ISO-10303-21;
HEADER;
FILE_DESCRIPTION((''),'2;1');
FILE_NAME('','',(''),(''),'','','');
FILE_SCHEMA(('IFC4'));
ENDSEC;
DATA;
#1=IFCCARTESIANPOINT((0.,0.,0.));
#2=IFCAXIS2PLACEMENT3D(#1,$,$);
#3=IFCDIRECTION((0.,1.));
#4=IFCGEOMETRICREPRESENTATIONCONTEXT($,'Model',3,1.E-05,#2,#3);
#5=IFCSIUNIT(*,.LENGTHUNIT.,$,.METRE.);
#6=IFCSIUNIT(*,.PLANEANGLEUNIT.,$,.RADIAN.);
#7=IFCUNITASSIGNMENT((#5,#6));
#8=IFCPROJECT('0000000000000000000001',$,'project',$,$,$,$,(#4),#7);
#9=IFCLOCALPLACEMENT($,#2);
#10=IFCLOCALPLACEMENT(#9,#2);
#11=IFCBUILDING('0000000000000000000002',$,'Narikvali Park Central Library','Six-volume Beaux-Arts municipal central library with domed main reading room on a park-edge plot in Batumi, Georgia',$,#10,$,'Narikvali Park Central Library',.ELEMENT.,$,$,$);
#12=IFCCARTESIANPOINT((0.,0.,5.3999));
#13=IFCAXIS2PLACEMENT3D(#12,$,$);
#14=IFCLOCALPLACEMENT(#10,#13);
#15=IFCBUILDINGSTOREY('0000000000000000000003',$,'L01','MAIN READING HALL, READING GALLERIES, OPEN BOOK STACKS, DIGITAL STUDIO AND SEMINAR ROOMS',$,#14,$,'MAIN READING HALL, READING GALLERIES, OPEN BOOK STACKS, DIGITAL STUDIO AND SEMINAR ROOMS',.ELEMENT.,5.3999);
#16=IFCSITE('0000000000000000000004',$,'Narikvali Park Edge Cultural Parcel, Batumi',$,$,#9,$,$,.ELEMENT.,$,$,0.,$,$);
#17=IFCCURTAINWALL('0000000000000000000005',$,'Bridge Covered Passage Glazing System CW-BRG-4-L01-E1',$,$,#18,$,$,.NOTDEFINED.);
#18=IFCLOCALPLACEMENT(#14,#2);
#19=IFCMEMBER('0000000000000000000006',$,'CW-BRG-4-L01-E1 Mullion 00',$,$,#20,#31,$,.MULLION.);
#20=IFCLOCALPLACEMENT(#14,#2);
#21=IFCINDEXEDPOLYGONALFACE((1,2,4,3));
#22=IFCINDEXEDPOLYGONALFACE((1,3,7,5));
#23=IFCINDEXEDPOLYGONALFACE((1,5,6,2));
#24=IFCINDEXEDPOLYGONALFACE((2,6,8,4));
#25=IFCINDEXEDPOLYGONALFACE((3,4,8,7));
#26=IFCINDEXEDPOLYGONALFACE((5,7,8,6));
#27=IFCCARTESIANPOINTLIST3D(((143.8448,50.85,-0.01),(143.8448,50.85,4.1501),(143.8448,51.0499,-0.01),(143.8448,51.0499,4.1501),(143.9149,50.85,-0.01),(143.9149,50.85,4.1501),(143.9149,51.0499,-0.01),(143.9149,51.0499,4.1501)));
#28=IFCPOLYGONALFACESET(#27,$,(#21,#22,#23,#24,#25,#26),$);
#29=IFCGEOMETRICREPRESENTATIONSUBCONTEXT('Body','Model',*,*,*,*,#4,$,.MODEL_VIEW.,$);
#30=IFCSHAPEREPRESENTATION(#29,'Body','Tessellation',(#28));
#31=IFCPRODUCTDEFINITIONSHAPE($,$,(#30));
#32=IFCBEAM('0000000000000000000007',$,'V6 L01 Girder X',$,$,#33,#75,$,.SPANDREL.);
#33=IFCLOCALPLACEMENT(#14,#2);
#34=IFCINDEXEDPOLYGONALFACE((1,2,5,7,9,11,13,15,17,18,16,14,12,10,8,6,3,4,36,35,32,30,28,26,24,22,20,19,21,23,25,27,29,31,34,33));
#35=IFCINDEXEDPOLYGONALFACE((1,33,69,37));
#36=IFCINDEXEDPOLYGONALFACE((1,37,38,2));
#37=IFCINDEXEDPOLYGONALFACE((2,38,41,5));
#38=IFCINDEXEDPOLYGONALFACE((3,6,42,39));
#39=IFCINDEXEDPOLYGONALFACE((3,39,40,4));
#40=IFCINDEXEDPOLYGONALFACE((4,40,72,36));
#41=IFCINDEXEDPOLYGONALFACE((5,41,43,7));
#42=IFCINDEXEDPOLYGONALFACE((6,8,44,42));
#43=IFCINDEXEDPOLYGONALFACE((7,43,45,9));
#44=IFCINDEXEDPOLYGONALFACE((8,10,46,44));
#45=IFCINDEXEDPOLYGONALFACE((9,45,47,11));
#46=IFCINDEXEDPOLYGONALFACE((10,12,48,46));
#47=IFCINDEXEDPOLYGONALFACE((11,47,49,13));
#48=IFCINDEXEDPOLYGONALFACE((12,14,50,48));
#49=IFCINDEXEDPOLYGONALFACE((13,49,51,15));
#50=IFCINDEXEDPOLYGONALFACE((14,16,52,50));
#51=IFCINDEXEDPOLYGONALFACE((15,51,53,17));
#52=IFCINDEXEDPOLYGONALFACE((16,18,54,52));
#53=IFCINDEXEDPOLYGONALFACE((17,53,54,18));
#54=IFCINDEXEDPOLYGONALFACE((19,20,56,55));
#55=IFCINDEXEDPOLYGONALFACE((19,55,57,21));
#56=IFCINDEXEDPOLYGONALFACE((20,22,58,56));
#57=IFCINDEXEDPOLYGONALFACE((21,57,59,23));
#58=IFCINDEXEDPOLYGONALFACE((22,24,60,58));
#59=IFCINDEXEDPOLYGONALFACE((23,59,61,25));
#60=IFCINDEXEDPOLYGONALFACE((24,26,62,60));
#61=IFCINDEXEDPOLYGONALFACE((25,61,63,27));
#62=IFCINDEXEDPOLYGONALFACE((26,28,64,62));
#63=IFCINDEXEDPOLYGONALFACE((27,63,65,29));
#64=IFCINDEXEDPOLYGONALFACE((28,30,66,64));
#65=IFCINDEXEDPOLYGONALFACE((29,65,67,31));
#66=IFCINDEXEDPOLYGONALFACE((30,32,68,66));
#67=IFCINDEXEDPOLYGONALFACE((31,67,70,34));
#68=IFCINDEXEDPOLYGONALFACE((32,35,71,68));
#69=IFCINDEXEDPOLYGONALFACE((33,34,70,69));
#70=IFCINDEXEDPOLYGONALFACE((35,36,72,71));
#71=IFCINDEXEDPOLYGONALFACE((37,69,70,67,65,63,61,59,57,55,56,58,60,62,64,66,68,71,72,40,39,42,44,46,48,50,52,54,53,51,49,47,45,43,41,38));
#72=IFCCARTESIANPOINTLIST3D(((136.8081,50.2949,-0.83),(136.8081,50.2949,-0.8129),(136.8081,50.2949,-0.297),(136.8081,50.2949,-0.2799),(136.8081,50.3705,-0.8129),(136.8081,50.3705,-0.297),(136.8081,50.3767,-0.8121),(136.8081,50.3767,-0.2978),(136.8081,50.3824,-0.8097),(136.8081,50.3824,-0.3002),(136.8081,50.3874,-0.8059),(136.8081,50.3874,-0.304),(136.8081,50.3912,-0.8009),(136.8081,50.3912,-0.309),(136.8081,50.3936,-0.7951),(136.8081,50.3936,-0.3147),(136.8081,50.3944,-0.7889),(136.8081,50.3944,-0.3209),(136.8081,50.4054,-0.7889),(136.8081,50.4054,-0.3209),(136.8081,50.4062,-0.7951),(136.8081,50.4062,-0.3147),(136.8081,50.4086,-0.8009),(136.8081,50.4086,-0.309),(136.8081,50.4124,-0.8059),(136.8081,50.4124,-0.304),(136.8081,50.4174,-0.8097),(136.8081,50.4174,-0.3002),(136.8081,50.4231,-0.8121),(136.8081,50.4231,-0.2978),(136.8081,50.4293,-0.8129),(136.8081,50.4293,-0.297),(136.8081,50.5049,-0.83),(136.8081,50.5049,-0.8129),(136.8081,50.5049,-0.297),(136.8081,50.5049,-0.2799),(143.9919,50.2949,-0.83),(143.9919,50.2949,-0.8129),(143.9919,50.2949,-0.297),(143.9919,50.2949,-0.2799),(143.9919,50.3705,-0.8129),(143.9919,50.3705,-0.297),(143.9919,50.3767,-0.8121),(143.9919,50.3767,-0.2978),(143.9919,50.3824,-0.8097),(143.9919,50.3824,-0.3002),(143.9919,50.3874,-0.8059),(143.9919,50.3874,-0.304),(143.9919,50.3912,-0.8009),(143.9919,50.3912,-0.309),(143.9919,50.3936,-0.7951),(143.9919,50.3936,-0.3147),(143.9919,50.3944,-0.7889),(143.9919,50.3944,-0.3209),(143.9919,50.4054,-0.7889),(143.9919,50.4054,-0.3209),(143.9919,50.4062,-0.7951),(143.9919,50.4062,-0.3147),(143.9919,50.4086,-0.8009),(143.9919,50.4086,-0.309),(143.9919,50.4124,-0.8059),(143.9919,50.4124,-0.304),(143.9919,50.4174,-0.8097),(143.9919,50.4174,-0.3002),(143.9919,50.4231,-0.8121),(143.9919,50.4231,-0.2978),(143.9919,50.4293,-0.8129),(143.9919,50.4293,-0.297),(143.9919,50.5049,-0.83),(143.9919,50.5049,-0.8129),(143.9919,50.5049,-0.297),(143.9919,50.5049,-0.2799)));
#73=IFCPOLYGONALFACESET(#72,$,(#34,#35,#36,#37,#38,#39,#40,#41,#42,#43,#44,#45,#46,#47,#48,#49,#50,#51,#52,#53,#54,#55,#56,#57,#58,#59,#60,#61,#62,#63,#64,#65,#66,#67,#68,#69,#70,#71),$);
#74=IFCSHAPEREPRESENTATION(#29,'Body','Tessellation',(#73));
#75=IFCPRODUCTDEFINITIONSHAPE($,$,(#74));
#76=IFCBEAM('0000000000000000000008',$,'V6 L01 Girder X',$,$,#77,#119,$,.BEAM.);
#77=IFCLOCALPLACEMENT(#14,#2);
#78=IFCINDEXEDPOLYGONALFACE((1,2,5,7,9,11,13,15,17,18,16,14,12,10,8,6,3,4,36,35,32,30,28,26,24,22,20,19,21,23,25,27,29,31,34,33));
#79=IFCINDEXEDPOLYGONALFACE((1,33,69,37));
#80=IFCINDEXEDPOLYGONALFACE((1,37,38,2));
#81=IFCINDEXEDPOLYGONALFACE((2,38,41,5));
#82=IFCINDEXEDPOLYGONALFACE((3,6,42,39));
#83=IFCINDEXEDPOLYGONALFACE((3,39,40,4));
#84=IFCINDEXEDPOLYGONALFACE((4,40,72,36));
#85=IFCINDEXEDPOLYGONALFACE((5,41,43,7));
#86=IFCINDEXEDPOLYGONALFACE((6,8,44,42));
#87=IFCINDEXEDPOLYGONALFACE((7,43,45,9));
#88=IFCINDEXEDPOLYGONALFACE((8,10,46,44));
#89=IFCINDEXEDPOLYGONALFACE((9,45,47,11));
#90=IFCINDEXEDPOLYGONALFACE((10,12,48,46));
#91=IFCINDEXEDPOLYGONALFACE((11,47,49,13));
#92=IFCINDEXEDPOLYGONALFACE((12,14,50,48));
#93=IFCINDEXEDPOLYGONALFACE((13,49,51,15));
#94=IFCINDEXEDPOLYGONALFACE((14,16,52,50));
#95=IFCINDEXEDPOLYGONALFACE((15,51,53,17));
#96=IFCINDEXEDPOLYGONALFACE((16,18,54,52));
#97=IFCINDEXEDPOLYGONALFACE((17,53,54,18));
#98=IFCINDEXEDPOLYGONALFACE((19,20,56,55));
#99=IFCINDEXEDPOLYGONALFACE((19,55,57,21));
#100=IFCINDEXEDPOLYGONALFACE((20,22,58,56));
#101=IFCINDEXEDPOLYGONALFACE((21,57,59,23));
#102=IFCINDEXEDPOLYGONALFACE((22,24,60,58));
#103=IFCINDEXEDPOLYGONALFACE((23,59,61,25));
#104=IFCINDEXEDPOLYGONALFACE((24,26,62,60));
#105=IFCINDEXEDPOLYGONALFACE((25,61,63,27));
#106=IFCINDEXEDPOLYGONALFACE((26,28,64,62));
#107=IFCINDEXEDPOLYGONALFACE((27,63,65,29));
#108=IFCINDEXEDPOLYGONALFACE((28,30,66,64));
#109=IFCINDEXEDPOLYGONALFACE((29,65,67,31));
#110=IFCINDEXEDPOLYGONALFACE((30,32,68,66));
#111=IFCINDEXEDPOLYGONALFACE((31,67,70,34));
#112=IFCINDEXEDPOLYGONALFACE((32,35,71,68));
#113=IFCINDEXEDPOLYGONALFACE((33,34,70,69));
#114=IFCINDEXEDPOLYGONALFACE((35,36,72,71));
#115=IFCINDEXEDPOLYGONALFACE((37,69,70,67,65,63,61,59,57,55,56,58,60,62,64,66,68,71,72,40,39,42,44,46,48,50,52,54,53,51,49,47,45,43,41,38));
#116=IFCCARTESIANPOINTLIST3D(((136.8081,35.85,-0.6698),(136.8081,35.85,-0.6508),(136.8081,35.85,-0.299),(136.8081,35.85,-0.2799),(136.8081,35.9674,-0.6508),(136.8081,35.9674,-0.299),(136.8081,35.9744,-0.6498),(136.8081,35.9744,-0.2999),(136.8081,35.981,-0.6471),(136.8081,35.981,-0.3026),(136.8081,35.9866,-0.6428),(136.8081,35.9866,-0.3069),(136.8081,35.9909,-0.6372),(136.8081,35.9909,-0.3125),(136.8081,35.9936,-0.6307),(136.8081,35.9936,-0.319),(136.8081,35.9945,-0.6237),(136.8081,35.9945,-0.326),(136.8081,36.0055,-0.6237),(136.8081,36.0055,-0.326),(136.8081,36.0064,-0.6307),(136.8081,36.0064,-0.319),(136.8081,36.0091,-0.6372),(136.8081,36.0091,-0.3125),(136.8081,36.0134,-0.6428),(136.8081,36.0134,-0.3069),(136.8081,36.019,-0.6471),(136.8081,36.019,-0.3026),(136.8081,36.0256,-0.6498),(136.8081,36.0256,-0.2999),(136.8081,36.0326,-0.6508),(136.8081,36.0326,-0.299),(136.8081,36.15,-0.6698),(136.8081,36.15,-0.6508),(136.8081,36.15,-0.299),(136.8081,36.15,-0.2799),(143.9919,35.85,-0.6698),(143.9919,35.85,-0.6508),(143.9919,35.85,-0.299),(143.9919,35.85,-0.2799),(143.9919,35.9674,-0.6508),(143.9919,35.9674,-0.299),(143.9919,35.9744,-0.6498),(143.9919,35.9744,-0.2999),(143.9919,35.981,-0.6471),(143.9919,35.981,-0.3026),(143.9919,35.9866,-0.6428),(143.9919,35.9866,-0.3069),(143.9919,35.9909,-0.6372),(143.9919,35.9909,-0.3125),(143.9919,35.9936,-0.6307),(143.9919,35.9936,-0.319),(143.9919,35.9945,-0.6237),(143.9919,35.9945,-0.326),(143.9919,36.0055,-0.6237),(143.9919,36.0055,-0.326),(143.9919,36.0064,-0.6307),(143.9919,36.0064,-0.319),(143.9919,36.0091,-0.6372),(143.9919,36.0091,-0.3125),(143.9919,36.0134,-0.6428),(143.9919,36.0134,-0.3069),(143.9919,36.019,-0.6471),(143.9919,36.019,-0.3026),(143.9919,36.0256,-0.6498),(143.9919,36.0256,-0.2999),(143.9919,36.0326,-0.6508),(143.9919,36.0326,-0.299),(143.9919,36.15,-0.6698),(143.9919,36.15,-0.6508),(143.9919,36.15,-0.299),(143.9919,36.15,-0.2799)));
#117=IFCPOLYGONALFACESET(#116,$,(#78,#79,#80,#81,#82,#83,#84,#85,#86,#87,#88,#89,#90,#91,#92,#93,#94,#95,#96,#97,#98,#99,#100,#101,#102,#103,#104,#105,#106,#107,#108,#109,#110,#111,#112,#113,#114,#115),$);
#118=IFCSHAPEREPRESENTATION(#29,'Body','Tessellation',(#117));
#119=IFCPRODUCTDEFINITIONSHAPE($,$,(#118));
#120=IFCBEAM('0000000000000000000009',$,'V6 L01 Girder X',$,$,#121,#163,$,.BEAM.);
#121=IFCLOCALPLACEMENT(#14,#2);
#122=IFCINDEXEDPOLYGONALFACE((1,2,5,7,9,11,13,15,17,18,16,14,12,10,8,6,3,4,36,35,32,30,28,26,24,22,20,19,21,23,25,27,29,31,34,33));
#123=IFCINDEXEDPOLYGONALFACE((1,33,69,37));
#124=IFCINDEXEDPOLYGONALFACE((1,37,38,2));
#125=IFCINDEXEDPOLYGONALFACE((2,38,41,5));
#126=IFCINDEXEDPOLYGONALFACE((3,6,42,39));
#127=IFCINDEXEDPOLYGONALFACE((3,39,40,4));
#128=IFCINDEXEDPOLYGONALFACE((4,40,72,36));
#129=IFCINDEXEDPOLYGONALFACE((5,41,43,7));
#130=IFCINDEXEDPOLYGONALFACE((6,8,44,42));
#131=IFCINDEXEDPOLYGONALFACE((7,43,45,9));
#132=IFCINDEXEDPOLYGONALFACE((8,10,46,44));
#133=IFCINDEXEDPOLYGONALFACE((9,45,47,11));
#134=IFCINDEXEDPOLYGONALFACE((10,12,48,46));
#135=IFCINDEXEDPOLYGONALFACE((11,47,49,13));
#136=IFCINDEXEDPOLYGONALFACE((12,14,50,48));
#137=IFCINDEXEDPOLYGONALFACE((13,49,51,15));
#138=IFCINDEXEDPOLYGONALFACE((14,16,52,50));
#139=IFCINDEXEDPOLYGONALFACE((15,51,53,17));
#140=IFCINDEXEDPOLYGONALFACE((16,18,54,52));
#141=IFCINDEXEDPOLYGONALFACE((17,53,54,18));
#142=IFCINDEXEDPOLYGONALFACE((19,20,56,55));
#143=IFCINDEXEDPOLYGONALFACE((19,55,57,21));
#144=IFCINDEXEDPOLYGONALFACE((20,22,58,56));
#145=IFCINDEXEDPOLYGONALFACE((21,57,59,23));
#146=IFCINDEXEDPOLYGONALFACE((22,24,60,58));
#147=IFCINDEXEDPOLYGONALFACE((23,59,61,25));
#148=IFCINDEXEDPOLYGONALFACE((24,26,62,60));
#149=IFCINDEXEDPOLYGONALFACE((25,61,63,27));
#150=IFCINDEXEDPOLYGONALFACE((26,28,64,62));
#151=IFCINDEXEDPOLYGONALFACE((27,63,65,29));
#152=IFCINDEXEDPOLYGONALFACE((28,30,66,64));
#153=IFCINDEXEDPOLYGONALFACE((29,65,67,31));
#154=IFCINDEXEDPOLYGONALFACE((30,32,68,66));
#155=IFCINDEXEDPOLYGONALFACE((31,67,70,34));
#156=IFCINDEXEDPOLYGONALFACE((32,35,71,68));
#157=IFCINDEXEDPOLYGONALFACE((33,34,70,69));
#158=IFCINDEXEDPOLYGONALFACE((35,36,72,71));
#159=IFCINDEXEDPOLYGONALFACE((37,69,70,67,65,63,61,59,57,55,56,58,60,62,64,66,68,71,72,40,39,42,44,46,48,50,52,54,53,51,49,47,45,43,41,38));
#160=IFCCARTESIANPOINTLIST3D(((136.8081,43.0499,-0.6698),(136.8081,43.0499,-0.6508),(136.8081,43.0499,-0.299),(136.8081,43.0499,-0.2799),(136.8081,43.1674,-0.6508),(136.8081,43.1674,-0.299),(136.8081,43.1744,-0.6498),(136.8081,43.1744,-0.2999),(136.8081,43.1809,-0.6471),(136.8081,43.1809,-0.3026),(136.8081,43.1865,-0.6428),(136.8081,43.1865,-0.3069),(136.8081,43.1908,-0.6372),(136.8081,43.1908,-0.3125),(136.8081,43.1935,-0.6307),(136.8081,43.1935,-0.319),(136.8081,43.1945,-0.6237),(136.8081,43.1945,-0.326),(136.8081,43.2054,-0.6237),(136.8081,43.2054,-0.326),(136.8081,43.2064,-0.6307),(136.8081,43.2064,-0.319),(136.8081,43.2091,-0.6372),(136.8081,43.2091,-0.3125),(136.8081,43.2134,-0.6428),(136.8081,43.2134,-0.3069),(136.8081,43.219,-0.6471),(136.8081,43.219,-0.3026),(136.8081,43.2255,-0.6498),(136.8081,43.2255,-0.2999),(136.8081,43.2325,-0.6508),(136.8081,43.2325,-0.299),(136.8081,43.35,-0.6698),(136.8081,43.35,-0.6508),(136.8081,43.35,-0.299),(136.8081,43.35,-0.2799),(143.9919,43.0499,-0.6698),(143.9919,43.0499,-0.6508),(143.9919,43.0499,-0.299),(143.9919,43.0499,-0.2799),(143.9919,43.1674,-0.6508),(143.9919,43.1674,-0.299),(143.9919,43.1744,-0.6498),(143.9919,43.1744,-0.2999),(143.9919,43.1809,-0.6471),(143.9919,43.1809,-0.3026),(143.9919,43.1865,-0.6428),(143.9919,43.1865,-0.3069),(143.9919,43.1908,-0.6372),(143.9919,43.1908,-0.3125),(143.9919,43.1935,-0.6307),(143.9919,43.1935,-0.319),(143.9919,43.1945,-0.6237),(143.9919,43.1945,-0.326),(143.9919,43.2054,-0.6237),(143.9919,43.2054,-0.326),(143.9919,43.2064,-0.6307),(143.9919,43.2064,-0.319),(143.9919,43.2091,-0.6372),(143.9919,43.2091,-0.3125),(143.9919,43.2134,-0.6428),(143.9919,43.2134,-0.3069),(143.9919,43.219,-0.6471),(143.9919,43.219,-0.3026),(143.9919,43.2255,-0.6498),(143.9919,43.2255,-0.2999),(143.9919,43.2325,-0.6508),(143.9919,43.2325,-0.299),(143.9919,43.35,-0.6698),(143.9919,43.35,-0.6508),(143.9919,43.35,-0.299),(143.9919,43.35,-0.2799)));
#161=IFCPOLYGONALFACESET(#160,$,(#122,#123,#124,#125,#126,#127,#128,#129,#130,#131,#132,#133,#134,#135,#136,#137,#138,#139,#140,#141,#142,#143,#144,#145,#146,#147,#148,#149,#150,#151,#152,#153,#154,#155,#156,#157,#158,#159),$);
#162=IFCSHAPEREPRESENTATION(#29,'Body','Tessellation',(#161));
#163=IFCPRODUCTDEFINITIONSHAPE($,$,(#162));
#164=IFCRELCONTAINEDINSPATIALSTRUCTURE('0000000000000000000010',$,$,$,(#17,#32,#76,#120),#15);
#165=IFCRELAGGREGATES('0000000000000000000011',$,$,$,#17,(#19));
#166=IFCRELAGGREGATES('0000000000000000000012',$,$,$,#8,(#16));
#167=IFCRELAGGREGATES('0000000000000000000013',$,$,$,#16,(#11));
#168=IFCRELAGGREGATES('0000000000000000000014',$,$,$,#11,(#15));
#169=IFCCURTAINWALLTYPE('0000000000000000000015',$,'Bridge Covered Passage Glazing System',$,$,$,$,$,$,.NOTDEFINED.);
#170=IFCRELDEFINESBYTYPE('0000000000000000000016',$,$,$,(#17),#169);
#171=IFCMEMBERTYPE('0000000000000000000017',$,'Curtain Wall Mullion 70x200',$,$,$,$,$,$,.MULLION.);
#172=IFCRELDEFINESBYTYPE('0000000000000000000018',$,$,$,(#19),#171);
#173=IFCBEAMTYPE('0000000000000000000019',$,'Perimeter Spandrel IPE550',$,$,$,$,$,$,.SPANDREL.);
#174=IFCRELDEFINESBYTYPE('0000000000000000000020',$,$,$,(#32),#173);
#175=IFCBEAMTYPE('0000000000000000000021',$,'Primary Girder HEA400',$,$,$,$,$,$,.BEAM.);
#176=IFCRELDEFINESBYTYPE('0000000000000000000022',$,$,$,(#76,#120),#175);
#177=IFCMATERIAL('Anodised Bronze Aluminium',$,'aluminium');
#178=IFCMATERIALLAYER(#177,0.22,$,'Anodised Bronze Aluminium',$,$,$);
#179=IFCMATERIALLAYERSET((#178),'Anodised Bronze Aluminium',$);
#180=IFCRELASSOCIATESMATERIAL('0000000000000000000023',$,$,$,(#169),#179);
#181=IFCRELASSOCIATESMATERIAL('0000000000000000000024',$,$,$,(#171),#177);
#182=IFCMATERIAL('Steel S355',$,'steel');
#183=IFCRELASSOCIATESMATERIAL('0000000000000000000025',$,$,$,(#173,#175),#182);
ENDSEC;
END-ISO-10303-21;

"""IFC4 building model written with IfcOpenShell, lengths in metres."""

from ifc_helpers import new_model, si_unit, direction, frame, origin, origin_2d, place, context, subcontext, project, spatial, rectangle, i_section, extrude, material, layer, layer_set, material_profile, profile_set, type_object, element, aggregate, save


model = new_model("IFC4")

# Units and contexts
model_context = context("Model", 3, precision=1e-05, world=origin(), true_north=direction((0.0, 1.0)))
body_context = subcontext(model_context, "Body", "Model", "MODEL_VIEW")
ifc_project = project(units=[si_unit("LENGTHUNIT", "METRE"), si_unit("PLANEANGLEUNIT", "RADIAN")], contexts=[model_context])

# Site, building, storey
site_placement = place(None, origin())
site = spatial("IfcSite", under=ifc_project, at=site_placement, Name="Narikvali Park Edge Cultural Parcel, Batumi", CompositionType="ELEMENT", RefElevation=0.0)
building_placement = place(site_placement, origin())
building = spatial("IfcBuilding", under=site, at=building_placement, Name="Narikvali Park Central Library", Description="Six-volume Beaux-Arts municipal central library with domed main reading room on a park-edge plot in Batumi, Georgia", LongName="Narikvali Park Central Library", CompositionType="ELEMENT")
storey_placement = place(building_placement, frame((0.0, 0.0, 5.3999)))
storey = spatial("IfcBuildingStorey", under=building, at=storey_placement, Name="L01", Description="MAIN READING HALL, READING GALLERIES, OPEN BOOK STACKS, DIGITAL STUDIO AND SEMINAR ROOMS", LongName="MAIN READING HALL, READING GALLERIES, OPEN BOOK STACKS, DIGITAL STUDIO AND SEMINAR ROOMS", CompositionType="ELEMENT", Elevation=5.3999)

# Shared definitions
ifc_material_1 = material(Name="Steel S355", Category="steel")

# Curtain wall
ifc_material_2 = material(Name="Anodised Bronze Aluminium", Category="aluminium")
ifc_layer_1 = layer(ifc_material_2, 0.22, Name="Anodised Bronze Aluminium")
ifc_layer_set_1 = layer_set([ifc_layer_1], Name="Anodised Bronze Aluminium")
curtain_wall_type = type_object("IfcCurtainWallType", Name="Bridge Covered Passage Glazing System", PredefinedType="NOTDEFINED", material=ifc_layer_set_1)
curtain_wall_1_placement = place(storey_placement, origin())
curtain_wall_1 = element("IfcCurtainWall", 1, at=curtain_wall_1_placement, inside=storey, type_object=curtain_wall_type, Name="Bridge Covered Passage Glazing System CW-BRG-4-L01-E1", PredefinedType="NOTDEFINED")

# Member
ifc_material_profile_1 = material_profile(ifc_material_2, rectangle(XDim=0.0701, YDim=0.2, at=origin_2d()), Name="CW MULLION 70x200")
ifc_profile_set_1 = profile_set([ifc_material_profile_1], Name="Anodised Bronze Aluminium")
member_type_1 = type_object("IfcMemberType", Name="Curtain Wall Mullion 70x200", PredefinedType="MULLION", material=ifc_profile_set_1)
member_1_placement = place(storey_placement, frame((143.8799, 50.95, -0.01), z_axis=(0.0, 0.0, 1.0), x_axis=(1.0, 0.0, 0.0)))
member_1 = element("IfcMember", 2, at=member_1_placement, type_object=member_type_1, Name="CW-BRG-4-L01-E1 Mullion 00", PredefinedType="MULLION", context=body_context, shape_type="SweptSolid", body=[
    extrude(rectangle(XDim=0.0701, YDim=0.2, at=origin_2d()), origin(), (0.0, 0.0, 1.0), 4.1602),
])
aggregate(curtain_wall_1, [member_1])

# Beams
ifc_material_profile_2 = material_profile(ifc_material_1, i_section(OverallWidth=0.21, OverallDepth=0.55, WebThickness=0.011, FlangeThickness=0.0171, FilletRadius=0.0239, at=origin_2d()), Name="IPE 550")
ifc_profile_set_2 = profile_set([ifc_material_profile_2], Name="Steel S355")
beam_type_1 = type_object("IfcBeamType", Name="Perimeter Spandrel IPE550", PredefinedType="SPANDREL", material=ifc_profile_set_2)
beam_1_placement = place(storey_placement, frame((136.8081, 50.3999, -0.5549), z_axis=(1.0, 0.0, 0.0), x_axis=(0.0, 1.0, 0.0)))
element("IfcBeam", 3, at=beam_1_placement, inside=storey, type_object=beam_type_1, Name="V6 L01 Girder X", PredefinedType="SPANDREL", context=body_context, shape_type="SweptSolid", body=[
    extrude(i_section(OverallWidth=0.21, OverallDepth=0.55, WebThickness=0.011, FlangeThickness=0.0171, FilletRadius=0.0239, at=origin_2d()), origin(), (0.0, 0.0, 1.0), 7.1838),
])
ifc_material_profile_3 = material_profile(ifc_material_1, i_section(OverallWidth=0.3, OverallDepth=0.3899, WebThickness=0.011, FlangeThickness=0.019, FilletRadius=0.0271, at=origin_2d()), Name="HEA 400")
ifc_profile_set_3 = profile_set([ifc_material_profile_3], Name="Steel S355")
beam_type_2 = type_object("IfcBeamType", Name="Primary Girder HEA400", PredefinedType="BEAM", material=ifc_profile_set_3)
for number, where, z_axis, x_axis, name in (
    (4, (136.8081, 36.0, -0.4749), (1.0, 0.0, 0.0), (0.0, 1.0, 0.0), "V6 L01 Girder X"),
    (5, (136.8081, 43.2, -0.4749), (1.0, 0.0, 0.0), (0.0, 1.0, 0.0), "V6 L01 Girder X"),
):
    element("IfcBeam", number, at=place(storey_placement, frame(where, z_axis=z_axis, x_axis=x_axis)), inside=storey, type_object=beam_type_2, Name=name, PredefinedType="BEAM", context=body_context, shape_type="SweptSolid", body=[
        extrude(i_section(OverallWidth=0.3, OverallDepth=0.3899, WebThickness=0.011, FlangeThickness=0.019, FilletRadius=0.0271, at=origin_2d()), origin(), (0.0, 0.0, 1.0), 7.1838),
    ])

save(model, "model.ifc")
